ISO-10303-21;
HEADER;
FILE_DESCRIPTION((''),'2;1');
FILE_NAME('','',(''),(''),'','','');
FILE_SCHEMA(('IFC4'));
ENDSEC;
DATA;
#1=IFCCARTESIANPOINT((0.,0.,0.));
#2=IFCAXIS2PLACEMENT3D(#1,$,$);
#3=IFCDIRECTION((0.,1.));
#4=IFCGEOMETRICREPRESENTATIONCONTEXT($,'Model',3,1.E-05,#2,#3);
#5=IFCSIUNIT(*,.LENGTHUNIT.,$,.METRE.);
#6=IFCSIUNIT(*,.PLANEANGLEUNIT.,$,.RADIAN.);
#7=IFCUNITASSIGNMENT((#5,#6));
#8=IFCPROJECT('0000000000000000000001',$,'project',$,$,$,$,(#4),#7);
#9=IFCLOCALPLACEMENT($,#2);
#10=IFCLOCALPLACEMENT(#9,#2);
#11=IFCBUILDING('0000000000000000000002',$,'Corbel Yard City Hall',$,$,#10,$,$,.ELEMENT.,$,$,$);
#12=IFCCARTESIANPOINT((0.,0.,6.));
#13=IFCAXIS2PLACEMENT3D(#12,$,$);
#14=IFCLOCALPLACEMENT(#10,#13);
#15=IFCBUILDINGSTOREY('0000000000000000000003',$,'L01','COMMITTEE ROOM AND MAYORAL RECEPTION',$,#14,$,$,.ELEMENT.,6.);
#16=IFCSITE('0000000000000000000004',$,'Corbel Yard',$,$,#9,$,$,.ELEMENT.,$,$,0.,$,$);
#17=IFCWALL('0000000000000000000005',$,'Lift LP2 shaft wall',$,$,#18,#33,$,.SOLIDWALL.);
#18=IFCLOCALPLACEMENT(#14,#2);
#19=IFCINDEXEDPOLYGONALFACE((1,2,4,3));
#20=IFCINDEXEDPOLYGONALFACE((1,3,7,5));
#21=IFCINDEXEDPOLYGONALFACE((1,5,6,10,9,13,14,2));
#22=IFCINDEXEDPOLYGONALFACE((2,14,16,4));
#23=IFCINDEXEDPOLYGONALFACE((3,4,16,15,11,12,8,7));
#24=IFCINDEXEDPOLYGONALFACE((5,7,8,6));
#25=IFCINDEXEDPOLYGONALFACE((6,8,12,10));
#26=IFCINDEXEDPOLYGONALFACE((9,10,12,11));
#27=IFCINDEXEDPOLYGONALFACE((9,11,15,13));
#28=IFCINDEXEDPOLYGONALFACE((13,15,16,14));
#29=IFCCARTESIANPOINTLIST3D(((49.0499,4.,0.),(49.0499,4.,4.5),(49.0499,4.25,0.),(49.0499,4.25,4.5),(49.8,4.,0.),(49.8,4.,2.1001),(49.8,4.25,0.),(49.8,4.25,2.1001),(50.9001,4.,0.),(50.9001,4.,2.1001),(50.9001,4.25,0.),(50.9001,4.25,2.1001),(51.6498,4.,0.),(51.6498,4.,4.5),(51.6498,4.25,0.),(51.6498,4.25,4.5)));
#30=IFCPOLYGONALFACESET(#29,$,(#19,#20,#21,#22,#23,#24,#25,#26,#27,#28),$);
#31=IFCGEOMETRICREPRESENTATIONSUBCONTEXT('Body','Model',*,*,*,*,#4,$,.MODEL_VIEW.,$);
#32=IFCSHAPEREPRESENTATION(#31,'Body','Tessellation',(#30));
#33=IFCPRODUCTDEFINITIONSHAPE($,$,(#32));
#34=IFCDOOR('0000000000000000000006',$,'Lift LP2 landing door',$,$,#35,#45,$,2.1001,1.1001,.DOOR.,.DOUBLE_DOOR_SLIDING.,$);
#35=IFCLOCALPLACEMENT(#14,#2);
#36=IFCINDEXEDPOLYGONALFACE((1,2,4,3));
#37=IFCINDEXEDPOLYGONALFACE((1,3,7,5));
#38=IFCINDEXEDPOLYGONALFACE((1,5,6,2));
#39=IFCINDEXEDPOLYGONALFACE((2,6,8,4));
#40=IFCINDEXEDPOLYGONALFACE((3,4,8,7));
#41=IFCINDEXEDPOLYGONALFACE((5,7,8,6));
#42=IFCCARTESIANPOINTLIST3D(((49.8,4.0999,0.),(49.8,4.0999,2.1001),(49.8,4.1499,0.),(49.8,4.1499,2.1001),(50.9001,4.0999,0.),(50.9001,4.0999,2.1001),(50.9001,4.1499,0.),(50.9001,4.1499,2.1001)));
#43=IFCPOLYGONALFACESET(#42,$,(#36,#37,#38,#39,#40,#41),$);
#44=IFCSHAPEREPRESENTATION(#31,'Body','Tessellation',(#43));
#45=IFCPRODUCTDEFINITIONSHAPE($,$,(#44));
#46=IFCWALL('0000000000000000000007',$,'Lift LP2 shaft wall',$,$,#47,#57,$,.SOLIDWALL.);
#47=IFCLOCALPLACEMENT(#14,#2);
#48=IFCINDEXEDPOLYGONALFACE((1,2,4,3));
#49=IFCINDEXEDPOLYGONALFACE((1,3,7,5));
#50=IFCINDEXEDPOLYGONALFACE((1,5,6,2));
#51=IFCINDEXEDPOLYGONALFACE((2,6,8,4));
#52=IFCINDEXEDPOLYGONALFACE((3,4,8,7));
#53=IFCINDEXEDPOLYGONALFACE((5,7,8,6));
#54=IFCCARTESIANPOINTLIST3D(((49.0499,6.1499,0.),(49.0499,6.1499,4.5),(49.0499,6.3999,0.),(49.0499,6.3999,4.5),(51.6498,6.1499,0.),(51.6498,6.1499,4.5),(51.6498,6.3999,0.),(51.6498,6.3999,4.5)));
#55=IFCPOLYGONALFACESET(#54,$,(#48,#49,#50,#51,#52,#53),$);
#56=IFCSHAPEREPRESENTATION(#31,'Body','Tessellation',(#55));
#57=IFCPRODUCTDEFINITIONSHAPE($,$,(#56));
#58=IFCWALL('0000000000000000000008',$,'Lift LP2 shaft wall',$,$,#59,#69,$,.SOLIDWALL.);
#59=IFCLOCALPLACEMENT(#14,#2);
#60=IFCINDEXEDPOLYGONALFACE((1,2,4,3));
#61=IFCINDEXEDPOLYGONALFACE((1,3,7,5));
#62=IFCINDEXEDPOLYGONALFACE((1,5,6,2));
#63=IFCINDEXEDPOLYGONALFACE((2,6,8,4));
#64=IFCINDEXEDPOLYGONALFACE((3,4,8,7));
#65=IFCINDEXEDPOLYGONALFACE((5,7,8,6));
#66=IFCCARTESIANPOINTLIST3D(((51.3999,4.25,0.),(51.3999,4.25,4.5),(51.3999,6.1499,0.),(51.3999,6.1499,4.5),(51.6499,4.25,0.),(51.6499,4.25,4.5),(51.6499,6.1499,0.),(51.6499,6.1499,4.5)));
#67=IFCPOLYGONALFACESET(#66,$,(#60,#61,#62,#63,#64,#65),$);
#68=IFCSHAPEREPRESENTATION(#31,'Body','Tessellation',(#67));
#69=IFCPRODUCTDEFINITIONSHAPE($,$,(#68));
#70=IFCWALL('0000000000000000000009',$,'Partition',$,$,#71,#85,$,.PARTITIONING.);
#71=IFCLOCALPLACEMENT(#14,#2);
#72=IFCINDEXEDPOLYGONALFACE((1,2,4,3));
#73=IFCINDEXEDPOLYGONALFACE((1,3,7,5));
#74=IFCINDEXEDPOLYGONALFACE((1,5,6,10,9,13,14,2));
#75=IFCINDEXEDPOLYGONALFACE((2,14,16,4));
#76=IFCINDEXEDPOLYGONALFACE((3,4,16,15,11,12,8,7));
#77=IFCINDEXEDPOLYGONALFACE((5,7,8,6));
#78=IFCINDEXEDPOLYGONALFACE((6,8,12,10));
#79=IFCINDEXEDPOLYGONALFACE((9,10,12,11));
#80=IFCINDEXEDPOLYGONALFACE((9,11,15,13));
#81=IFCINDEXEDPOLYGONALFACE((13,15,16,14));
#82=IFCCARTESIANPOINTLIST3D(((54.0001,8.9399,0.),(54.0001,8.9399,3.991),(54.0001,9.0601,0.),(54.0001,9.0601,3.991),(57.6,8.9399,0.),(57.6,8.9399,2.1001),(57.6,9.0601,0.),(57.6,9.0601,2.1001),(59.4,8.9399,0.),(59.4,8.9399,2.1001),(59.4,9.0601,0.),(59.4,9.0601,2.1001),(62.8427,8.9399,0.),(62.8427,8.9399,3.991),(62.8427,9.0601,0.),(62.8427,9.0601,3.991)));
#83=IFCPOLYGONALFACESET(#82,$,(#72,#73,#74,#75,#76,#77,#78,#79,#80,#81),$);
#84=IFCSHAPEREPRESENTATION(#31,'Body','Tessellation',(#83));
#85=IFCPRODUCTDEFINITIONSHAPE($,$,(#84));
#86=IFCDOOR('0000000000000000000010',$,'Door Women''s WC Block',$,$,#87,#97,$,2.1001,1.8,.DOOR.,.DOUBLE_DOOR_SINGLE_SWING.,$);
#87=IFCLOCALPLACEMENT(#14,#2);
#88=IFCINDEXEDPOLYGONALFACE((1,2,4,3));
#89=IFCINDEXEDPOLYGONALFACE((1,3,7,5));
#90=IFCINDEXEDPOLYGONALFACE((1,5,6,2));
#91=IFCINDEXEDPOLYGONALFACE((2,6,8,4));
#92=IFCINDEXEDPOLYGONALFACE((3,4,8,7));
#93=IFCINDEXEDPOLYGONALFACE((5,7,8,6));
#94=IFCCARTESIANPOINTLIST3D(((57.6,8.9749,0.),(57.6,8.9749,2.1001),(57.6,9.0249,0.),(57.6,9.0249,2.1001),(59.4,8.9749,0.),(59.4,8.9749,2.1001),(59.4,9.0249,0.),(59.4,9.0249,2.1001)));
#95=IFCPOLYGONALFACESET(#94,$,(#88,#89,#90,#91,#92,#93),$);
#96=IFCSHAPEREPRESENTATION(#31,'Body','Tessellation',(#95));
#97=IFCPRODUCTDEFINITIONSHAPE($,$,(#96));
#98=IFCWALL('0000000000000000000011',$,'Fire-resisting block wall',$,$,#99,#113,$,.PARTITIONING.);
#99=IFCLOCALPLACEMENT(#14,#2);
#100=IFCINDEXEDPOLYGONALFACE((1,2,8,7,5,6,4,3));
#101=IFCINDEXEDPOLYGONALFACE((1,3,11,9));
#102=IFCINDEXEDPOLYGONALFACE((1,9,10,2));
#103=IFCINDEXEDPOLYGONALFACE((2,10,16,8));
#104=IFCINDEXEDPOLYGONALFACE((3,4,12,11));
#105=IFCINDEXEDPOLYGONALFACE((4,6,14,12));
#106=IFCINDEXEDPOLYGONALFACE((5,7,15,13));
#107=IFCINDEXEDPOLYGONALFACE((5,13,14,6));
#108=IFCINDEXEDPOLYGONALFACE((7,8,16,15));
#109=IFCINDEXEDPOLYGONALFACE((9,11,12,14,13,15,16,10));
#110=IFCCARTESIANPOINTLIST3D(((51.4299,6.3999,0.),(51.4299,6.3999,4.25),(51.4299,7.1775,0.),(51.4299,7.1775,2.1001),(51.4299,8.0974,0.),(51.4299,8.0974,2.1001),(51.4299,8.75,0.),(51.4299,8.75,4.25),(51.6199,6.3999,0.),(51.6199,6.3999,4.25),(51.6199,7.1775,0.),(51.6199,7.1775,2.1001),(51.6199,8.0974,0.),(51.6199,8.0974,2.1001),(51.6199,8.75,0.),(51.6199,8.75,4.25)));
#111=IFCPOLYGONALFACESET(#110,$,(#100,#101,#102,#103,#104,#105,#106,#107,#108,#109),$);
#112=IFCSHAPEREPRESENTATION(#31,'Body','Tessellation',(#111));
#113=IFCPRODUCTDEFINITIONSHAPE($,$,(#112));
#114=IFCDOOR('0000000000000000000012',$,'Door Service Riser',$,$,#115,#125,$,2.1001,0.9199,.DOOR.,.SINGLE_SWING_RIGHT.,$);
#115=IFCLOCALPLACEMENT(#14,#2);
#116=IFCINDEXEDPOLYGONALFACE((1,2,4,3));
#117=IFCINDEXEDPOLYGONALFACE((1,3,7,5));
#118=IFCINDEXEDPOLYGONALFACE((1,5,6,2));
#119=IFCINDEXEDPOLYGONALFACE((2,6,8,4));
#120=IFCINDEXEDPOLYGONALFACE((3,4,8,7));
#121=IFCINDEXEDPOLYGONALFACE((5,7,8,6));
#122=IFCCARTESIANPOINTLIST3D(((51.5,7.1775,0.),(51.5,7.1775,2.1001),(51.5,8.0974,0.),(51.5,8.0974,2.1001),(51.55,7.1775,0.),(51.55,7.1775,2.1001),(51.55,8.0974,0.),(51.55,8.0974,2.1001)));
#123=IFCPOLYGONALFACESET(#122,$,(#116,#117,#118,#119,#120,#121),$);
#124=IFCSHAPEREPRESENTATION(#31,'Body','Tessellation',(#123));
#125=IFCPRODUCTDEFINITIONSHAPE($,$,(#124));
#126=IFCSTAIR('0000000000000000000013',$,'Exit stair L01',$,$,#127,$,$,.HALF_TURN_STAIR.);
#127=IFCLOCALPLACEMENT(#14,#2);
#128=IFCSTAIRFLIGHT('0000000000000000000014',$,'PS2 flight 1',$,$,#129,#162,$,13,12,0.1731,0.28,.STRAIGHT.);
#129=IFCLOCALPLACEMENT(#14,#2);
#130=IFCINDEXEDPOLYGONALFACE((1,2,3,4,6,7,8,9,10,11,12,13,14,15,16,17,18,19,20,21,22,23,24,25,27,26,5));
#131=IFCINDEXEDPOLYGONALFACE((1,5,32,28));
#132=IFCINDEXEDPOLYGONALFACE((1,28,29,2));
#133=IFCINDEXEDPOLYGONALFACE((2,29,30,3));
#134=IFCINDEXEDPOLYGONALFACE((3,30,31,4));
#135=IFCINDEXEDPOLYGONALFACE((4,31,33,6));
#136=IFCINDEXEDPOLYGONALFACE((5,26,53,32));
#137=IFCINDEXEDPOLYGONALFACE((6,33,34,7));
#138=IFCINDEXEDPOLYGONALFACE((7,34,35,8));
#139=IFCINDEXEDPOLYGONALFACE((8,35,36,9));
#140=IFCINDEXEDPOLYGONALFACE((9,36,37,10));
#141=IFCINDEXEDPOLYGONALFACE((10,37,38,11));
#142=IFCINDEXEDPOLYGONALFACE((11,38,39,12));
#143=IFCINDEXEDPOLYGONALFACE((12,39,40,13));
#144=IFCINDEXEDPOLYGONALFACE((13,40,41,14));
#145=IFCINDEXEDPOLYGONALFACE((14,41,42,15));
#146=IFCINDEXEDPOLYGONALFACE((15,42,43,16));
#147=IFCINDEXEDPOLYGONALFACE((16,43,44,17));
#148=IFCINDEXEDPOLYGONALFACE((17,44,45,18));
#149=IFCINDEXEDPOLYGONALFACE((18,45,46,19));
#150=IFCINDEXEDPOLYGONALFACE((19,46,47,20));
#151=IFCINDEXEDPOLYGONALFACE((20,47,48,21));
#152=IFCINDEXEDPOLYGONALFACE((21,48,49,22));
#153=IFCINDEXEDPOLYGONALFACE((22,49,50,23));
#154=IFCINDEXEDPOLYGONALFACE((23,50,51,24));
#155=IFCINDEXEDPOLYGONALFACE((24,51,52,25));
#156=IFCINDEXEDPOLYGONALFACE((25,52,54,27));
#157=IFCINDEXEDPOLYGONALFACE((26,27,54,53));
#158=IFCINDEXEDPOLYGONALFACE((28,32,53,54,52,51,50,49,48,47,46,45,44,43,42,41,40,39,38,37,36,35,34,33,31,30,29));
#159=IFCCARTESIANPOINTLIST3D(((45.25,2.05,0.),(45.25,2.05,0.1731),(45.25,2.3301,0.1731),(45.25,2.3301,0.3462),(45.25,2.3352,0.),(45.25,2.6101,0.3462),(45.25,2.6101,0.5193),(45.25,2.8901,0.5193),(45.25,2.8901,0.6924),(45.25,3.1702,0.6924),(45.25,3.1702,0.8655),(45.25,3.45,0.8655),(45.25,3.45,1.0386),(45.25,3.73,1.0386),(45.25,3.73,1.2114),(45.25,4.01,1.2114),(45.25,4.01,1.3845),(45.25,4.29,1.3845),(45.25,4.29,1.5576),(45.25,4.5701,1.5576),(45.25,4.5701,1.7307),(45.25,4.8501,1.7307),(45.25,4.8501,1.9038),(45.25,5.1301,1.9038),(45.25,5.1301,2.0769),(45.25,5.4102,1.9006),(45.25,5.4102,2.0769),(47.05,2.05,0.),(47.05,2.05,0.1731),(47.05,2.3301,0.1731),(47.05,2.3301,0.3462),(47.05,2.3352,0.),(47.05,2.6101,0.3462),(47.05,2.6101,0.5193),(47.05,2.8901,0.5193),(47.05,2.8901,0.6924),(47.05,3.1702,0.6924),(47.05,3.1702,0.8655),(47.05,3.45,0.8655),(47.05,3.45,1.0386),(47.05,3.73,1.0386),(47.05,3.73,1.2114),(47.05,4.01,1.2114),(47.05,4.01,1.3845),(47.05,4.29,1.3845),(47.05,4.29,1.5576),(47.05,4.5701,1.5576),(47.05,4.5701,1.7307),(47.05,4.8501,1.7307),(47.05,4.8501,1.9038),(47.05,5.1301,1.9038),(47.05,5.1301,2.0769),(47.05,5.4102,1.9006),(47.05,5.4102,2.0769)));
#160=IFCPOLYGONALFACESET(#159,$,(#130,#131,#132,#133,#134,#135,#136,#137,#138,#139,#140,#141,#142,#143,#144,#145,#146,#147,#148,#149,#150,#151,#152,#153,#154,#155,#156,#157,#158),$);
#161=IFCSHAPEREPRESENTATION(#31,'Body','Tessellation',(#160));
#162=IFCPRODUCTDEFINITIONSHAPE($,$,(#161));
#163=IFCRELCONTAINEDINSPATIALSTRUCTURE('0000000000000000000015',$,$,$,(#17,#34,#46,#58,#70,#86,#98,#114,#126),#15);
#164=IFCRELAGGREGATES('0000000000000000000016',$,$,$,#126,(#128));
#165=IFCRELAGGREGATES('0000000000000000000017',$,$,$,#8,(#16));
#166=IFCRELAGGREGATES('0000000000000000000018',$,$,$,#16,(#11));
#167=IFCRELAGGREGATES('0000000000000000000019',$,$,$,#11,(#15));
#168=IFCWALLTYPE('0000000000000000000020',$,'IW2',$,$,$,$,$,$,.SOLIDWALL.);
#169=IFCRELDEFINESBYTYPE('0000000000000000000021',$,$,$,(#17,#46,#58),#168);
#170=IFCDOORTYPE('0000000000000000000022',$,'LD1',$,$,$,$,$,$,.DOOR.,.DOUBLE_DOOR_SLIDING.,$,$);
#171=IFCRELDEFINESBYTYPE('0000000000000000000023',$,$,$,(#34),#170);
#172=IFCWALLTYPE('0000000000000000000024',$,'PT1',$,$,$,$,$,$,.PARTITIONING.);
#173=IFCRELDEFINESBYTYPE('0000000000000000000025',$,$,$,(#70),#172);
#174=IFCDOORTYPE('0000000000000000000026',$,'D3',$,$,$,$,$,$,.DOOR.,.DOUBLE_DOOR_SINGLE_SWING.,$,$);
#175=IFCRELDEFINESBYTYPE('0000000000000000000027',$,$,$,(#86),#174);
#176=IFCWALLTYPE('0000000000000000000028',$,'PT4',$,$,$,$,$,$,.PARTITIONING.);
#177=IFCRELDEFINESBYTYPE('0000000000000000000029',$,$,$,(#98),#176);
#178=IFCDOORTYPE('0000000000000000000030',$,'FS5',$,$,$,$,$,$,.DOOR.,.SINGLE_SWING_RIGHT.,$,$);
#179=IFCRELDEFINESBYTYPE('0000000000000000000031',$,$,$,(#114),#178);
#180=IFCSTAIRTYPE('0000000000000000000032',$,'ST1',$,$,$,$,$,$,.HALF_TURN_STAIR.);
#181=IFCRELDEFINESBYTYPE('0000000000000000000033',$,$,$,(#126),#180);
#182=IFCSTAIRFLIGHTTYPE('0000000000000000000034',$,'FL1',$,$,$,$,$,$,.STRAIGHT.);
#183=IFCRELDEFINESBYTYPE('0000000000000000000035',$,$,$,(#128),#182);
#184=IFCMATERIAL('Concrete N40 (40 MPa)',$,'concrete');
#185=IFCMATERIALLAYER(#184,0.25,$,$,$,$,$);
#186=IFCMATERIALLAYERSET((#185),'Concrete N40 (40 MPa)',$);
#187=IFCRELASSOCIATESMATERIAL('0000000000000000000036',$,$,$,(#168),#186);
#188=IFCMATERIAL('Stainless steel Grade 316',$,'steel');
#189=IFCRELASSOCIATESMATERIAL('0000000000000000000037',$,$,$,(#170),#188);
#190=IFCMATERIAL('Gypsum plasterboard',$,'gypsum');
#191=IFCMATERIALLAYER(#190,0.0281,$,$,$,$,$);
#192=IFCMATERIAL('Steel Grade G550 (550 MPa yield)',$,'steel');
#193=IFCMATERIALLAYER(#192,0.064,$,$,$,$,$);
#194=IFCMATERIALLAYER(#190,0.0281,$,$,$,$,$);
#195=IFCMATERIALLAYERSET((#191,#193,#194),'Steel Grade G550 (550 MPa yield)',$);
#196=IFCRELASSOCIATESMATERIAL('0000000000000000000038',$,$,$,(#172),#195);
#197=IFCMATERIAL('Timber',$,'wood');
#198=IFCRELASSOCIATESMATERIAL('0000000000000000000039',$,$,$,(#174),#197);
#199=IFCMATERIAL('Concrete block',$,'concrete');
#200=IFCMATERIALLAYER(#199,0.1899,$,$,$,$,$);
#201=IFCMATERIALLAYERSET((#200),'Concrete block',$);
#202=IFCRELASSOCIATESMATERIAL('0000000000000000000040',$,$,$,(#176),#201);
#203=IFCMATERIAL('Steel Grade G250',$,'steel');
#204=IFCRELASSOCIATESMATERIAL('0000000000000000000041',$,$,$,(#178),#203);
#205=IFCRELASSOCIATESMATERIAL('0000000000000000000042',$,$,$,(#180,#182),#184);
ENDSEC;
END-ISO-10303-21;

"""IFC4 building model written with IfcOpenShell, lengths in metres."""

from ifc_helpers import new_model, si_unit, direction, frame, frame_2d, origin, place, context, subcontext, project, spatial, polyline, rectangle, outline, extrude, material, layer, layer_set, type_object, element, fill, aggregate, save


model = new_model("IFC4")

# Units and contexts
model_context = context("Model", 3, precision=1e-05, world=origin(), true_north=direction((0.0, 1.0)))
body_context = subcontext(model_context, "Body", "Model", "MODEL_VIEW")
ifc_project = project(units=[si_unit("LENGTHUNIT", "METRE"), si_unit("PLANEANGLEUNIT", "RADIAN")], contexts=[model_context])

# Site, building, storey
site_placement = place(None, origin())
site = spatial("IfcSite", under=ifc_project, at=site_placement, Name="Corbel Yard", CompositionType="ELEMENT", RefElevation=0.0)
building_placement = place(site_placement, origin())
building = spatial("IfcBuilding", under=site, at=building_placement, Name="Corbel Yard City Hall", CompositionType="ELEMENT")
storey_placement = place(building_placement, frame((0.0, 0.0, 6.0)))
storey = spatial("IfcBuildingStorey", under=building, at=storey_placement, Name="L01", Description="COMMITTEE ROOM AND MAYORAL RECEPTION", CompositionType="ELEMENT", Elevation=6.0)

# Shared definitions
ifc_material_1 = material(Name="Gypsum plasterboard", Category="gypsum")

# Wall, opening, door
ifc_material_2 = material(Name="Concrete N40 (40 MPa)", Category="concrete")
ifc_layer_1 = layer(ifc_material_2, 0.25)
ifc_layer_set_1 = layer_set([ifc_layer_1], Name="Concrete N40 (40 MPa)")
wall_type_1 = type_object("IfcWallType", Name="IW2", PredefinedType="SOLIDWALL", material=ifc_layer_set_1)
ifc_material_3 = material(Name="Steel Grade G250", Category="steel")
wall_1_placement = place(storey_placement, frame((49.05, 4.125, 0.0), z_axis=(0.0, 0.0, 1.0), x_axis=(1.0, 0.0, 0.0)))
wall_1 = element("IfcWall", 1, at=wall_1_placement, inside=storey, type_object=wall_type_1, Name="Lift LP2 shaft wall", PredefinedType="SOLIDWALL", context=body_context, shape_type="SweptSolid", body=[
    extrude(rectangle(XDim=2.5999, YDim=0.25, at=frame_2d((1.2998, 0.0))), origin(), (0.0, 0.0, 1.0), 4.5),
])
opening_1_placement = place(wall_1_placement, frame((0.75, 0.0, 0.0)))
opening_1 = element("IfcOpeningElement", 2, at=opening_1_placement, cuts=wall_1, PredefinedType="OPENING", context=body_context, shape_type="SweptSolid", body=[
    extrude(rectangle(XDim=1.1001, YDim=2.1001, at=frame_2d((0.55, 1.05))), frame((0.0, 0.135, 0.0), z_axis=(0.0, -1.0, 0.0), x_axis=(1.0, 0.0, 0.0)), (0.0, 0.0, 1.0), 0.27),
])
ifc_material_4 = material(Name="Stainless steel Grade 316", Category="steel")
door_type_1 = type_object("IfcDoorType", Name="LD1", OperationType="DOUBLE_DOOR_SLIDING", PredefinedType="DOOR", material=ifc_material_4)
door_1_placement = place(opening_1_placement, origin())
door_1 = element("IfcDoor", 3, at=door_1_placement, inside=storey, type_object=door_type_1, Name="Lift LP2 landing door", OperationType="DOUBLE_DOOR_SLIDING", OverallHeight=2.1001, OverallWidth=1.1001, PredefinedType="DOOR", context=body_context, shape_type="SweptSolid", body=[
    extrude(rectangle(XDim=1.1001, YDim=2.1001, at=frame_2d((0.55, 1.05))), frame((0.0, 0.0249, 0.0), z_axis=(0.0, -1.0, 0.0), x_axis=(1.0, 0.0, 0.0)), (0.0, 0.0, 1.0), 0.05),
])
fill(opening_1, door_1)

# Walls
wall_2_placement = place(storey_placement, frame((49.05, 6.2749, 0.0), z_axis=(0.0, 0.0, 1.0), x_axis=(1.0, 0.0, 0.0)))
element("IfcWall", 4, at=wall_2_placement, inside=storey, type_object=wall_type_1, Name="Lift LP2 shaft wall", PredefinedType="SOLIDWALL", context=body_context, shape_type="SweptSolid", body=[
    extrude(rectangle(XDim=2.5999, YDim=0.25, at=frame_2d((1.2998, 0.0))), origin(), (0.0, 0.0, 1.0), 4.5),
])
wall_3_placement = place(storey_placement, frame((51.5249, 4.25, 0.0), z_axis=(0.0, 0.0, 1.0), x_axis=(0.0, 1.0, 0.0)))
element("IfcWall", 5, at=wall_3_placement, inside=storey, type_object=wall_type_1, Name="Lift LP2 shaft wall", PredefinedType="SOLIDWALL", context=body_context, shape_type="SweptSolid", body=[
    extrude(rectangle(XDim=1.8999, YDim=0.25, at=frame_2d((0.95, 0.0))), origin(), (0.0, 0.0, 1.0), 4.5),
])

# Walls, openings, doors
ifc_layer_2 = layer(ifc_material_1, 0.0281)
ifc_material_5 = material(Name="Steel Grade G550 (550 MPa yield)", Category="steel")
ifc_layer_3 = layer(ifc_material_5, 0.064)
ifc_layer_4 = layer(ifc_material_1, 0.0281)
ifc_layer_set_2 = layer_set([ifc_layer_2, ifc_layer_3, ifc_layer_4], Name="Steel Grade G550 (550 MPa yield)")
wall_type_2 = type_object("IfcWallType", Name="PT1", PredefinedType="PARTITIONING", material=ifc_layer_set_2)
wall_4_placement = place(storey_placement, frame((54.0, 9.0, 0.0), z_axis=(0.0, 0.0, 1.0), x_axis=(1.0, 0.0, 0.0)))
wall_4 = element("IfcWall", 6, at=wall_4_placement, inside=storey, type_object=wall_type_2, Name="Partition", PredefinedType="PARTITIONING", context=body_context, shape_type="SweptSolid", body=[
    extrude(rectangle(XDim=8.8425, YDim=0.1201, at=frame_2d((4.4214, 0.0))), origin(), (0.0, 0.0, 1.0), 3.991),
])
opening_2_placement = place(wall_4_placement, frame((3.6001, 0.0, 0.0)))
opening_2 = element("IfcOpeningElement", 7, at=opening_2_placement, cuts=wall_4, PredefinedType="OPENING", context=body_context, shape_type="SweptSolid", body=[
    extrude(rectangle(XDim=1.8, YDim=2.1001, at=frame_2d((0.8999, 1.05))), frame((0.0, 0.0701, 0.0), z_axis=(0.0, -1.0, 0.0), x_axis=(1.0, 0.0, 0.0)), (0.0, 0.0, 1.0), 0.1401),
])
ifc_material_6 = material(Name="Timber", Category="wood")
door_type_2 = type_object("IfcDoorType", Name="D3", OperationType="DOUBLE_DOOR_SINGLE_SWING", PredefinedType="DOOR", material=ifc_material_6)
door_2_placement = place(opening_2_placement, origin())
door_2 = element("IfcDoor", 8, at=door_2_placement, inside=storey, type_object=door_type_2, Name="Door Women's WC Block", OperationType="DOUBLE_DOOR_SINGLE_SWING", OverallHeight=2.1001, OverallWidth=1.8, PredefinedType="DOOR", context=body_context, shape_type="SweptSolid", body=[
    extrude(rectangle(XDim=1.8, YDim=2.1001, at=frame_2d((0.8999, 1.05))), frame((0.0, 0.0249, 0.0), z_axis=(0.0, -1.0, 0.0), x_axis=(1.0, 0.0, 0.0)), (0.0, 0.0, 1.0), 0.05),
])
fill(opening_2, door_2)
ifc_material_7 = material(Name="Concrete block", Category="concrete")
ifc_layer_5 = layer(ifc_material_7, 0.1899)
ifc_layer_set_3 = layer_set([ifc_layer_5], Name="Concrete block")
wall_type_3 = type_object("IfcWallType", Name="PT4", PredefinedType="PARTITIONING", material=ifc_layer_set_3)
wall_5_placement = place(storey_placement, frame((51.5249, 6.3999, 0.0), z_axis=(0.0, 0.0, 1.0), x_axis=(0.0, 1.0, 0.0)))
wall_5 = element("IfcWall", 9, at=wall_5_placement, inside=storey, type_object=wall_type_3, Name="Fire-resisting block wall", PredefinedType="PARTITIONING", context=body_context, shape_type="SweptSolid", body=[
    extrude(rectangle(XDim=2.3501, YDim=0.1899, at=frame_2d((1.175, 0.0))), origin(), (0.0, 0.0, 1.0), 4.25),
])
opening_3_placement = place(wall_5_placement, frame((0.7776, 0.0, 0.0)))
opening_3 = element("IfcOpeningElement", 10, at=opening_3_placement, cuts=wall_5, PredefinedType="OPENING", context=body_context, shape_type="SweptSolid", body=[
    extrude(rectangle(XDim=0.9199, YDim=2.1001, at=frame_2d((0.46, 1.05))), frame((0.0, 0.105, 0.0), z_axis=(0.0, -1.0, 0.0), x_axis=(1.0, 0.0, 0.0)), (0.0, 0.0, 1.0), 0.21),
])
door_type_3 = type_object("IfcDoorType", Name="FS5", OperationType="SINGLE_SWING_RIGHT", PredefinedType="DOOR", material=ifc_material_3)
door_3_placement = place(opening_3_placement, origin())
door_3 = element("IfcDoor", 11, at=door_3_placement, inside=storey, type_object=door_type_3, Name="Door Service Riser", OperationType="SINGLE_SWING_RIGHT", OverallHeight=2.1001, OverallWidth=0.9199, PredefinedType="DOOR", context=body_context, shape_type="SweptSolid", body=[
    extrude(rectangle(XDim=0.9199, YDim=2.1001, at=frame_2d((0.46, 1.05))), frame((0.0, 0.0249, 0.0), z_axis=(0.0, -1.0, 0.0), x_axis=(1.0, 0.0, 0.0)), (0.0, 0.0, 1.0), 0.05),
])
fill(opening_3, door_3)

# Stair, stair flight
stair_type = type_object("IfcStairType", Name="ST1", PredefinedType="HALF_TURN_STAIR", material=ifc_material_2)
stair_placement = place(storey_placement, origin())
stair = element("IfcStair", 12, at=stair_placement, inside=storey, type_object=stair_type, Name="Exit stair L01", PredefinedType="HALF_TURN_STAIR")
stair_flight_type = type_object("IfcStairFlightType", Name="FL1", PredefinedType="STRAIGHT", material=ifc_material_2)
stair_flight_1_placement = place(storey_placement, frame((46.1499, 2.05, 0.0), z_axis=(0.0, 0.0, 1.0), x_axis=(0.0, 1.0, 0.0)))
stair_flight_1 = element("IfcStairFlight", 13, at=stair_flight_1_placement, type_object=stair_flight_type, Name="PS2 flight 1", NumberOfRisers=13, NumberOfTreads=12, PredefinedType="STRAIGHT", RiserHeight=0.1731, TreadLength=0.28, context=body_context, shape_type="SweptSolid", body=[
    extrude(outline(polyline([(0.0, 0.0), (0.0, 0.1731), (0.28, 0.1731), (0.28, 0.3462), (0.5601, 0.3462), (0.5601, 0.5193), (0.8401, 0.5193), (0.8401, 0.6924), (1.1201, 0.6924), (1.1201, 0.8655), (1.3999, 0.8655), (1.3999, 1.0386), (1.6799, 1.0386), (1.6799, 1.2114), (1.96, 1.2114), (1.96, 1.3845), (2.24, 1.3845), (2.24, 1.5576), (2.52, 1.5576), (2.52, 1.7307), (2.8, 1.7307), (2.8, 1.9038), (3.0801, 1.9038), (3.0801, 2.0769), (3.3601, 2.0769), (3.3601, 2.25), (3.3601, 1.9006), (0.2852, 0.0), (0.0, 0.0)])), frame((0.0, 0.8999, 0.0), z_axis=(0.0, -1.0, 0.0), x_axis=(1.0, 0.0, 0.0)), (0.0, 0.0, 1.0), 1.8),
])
aggregate(stair, [stair_flight_1])

save(model, "model.ifc")
